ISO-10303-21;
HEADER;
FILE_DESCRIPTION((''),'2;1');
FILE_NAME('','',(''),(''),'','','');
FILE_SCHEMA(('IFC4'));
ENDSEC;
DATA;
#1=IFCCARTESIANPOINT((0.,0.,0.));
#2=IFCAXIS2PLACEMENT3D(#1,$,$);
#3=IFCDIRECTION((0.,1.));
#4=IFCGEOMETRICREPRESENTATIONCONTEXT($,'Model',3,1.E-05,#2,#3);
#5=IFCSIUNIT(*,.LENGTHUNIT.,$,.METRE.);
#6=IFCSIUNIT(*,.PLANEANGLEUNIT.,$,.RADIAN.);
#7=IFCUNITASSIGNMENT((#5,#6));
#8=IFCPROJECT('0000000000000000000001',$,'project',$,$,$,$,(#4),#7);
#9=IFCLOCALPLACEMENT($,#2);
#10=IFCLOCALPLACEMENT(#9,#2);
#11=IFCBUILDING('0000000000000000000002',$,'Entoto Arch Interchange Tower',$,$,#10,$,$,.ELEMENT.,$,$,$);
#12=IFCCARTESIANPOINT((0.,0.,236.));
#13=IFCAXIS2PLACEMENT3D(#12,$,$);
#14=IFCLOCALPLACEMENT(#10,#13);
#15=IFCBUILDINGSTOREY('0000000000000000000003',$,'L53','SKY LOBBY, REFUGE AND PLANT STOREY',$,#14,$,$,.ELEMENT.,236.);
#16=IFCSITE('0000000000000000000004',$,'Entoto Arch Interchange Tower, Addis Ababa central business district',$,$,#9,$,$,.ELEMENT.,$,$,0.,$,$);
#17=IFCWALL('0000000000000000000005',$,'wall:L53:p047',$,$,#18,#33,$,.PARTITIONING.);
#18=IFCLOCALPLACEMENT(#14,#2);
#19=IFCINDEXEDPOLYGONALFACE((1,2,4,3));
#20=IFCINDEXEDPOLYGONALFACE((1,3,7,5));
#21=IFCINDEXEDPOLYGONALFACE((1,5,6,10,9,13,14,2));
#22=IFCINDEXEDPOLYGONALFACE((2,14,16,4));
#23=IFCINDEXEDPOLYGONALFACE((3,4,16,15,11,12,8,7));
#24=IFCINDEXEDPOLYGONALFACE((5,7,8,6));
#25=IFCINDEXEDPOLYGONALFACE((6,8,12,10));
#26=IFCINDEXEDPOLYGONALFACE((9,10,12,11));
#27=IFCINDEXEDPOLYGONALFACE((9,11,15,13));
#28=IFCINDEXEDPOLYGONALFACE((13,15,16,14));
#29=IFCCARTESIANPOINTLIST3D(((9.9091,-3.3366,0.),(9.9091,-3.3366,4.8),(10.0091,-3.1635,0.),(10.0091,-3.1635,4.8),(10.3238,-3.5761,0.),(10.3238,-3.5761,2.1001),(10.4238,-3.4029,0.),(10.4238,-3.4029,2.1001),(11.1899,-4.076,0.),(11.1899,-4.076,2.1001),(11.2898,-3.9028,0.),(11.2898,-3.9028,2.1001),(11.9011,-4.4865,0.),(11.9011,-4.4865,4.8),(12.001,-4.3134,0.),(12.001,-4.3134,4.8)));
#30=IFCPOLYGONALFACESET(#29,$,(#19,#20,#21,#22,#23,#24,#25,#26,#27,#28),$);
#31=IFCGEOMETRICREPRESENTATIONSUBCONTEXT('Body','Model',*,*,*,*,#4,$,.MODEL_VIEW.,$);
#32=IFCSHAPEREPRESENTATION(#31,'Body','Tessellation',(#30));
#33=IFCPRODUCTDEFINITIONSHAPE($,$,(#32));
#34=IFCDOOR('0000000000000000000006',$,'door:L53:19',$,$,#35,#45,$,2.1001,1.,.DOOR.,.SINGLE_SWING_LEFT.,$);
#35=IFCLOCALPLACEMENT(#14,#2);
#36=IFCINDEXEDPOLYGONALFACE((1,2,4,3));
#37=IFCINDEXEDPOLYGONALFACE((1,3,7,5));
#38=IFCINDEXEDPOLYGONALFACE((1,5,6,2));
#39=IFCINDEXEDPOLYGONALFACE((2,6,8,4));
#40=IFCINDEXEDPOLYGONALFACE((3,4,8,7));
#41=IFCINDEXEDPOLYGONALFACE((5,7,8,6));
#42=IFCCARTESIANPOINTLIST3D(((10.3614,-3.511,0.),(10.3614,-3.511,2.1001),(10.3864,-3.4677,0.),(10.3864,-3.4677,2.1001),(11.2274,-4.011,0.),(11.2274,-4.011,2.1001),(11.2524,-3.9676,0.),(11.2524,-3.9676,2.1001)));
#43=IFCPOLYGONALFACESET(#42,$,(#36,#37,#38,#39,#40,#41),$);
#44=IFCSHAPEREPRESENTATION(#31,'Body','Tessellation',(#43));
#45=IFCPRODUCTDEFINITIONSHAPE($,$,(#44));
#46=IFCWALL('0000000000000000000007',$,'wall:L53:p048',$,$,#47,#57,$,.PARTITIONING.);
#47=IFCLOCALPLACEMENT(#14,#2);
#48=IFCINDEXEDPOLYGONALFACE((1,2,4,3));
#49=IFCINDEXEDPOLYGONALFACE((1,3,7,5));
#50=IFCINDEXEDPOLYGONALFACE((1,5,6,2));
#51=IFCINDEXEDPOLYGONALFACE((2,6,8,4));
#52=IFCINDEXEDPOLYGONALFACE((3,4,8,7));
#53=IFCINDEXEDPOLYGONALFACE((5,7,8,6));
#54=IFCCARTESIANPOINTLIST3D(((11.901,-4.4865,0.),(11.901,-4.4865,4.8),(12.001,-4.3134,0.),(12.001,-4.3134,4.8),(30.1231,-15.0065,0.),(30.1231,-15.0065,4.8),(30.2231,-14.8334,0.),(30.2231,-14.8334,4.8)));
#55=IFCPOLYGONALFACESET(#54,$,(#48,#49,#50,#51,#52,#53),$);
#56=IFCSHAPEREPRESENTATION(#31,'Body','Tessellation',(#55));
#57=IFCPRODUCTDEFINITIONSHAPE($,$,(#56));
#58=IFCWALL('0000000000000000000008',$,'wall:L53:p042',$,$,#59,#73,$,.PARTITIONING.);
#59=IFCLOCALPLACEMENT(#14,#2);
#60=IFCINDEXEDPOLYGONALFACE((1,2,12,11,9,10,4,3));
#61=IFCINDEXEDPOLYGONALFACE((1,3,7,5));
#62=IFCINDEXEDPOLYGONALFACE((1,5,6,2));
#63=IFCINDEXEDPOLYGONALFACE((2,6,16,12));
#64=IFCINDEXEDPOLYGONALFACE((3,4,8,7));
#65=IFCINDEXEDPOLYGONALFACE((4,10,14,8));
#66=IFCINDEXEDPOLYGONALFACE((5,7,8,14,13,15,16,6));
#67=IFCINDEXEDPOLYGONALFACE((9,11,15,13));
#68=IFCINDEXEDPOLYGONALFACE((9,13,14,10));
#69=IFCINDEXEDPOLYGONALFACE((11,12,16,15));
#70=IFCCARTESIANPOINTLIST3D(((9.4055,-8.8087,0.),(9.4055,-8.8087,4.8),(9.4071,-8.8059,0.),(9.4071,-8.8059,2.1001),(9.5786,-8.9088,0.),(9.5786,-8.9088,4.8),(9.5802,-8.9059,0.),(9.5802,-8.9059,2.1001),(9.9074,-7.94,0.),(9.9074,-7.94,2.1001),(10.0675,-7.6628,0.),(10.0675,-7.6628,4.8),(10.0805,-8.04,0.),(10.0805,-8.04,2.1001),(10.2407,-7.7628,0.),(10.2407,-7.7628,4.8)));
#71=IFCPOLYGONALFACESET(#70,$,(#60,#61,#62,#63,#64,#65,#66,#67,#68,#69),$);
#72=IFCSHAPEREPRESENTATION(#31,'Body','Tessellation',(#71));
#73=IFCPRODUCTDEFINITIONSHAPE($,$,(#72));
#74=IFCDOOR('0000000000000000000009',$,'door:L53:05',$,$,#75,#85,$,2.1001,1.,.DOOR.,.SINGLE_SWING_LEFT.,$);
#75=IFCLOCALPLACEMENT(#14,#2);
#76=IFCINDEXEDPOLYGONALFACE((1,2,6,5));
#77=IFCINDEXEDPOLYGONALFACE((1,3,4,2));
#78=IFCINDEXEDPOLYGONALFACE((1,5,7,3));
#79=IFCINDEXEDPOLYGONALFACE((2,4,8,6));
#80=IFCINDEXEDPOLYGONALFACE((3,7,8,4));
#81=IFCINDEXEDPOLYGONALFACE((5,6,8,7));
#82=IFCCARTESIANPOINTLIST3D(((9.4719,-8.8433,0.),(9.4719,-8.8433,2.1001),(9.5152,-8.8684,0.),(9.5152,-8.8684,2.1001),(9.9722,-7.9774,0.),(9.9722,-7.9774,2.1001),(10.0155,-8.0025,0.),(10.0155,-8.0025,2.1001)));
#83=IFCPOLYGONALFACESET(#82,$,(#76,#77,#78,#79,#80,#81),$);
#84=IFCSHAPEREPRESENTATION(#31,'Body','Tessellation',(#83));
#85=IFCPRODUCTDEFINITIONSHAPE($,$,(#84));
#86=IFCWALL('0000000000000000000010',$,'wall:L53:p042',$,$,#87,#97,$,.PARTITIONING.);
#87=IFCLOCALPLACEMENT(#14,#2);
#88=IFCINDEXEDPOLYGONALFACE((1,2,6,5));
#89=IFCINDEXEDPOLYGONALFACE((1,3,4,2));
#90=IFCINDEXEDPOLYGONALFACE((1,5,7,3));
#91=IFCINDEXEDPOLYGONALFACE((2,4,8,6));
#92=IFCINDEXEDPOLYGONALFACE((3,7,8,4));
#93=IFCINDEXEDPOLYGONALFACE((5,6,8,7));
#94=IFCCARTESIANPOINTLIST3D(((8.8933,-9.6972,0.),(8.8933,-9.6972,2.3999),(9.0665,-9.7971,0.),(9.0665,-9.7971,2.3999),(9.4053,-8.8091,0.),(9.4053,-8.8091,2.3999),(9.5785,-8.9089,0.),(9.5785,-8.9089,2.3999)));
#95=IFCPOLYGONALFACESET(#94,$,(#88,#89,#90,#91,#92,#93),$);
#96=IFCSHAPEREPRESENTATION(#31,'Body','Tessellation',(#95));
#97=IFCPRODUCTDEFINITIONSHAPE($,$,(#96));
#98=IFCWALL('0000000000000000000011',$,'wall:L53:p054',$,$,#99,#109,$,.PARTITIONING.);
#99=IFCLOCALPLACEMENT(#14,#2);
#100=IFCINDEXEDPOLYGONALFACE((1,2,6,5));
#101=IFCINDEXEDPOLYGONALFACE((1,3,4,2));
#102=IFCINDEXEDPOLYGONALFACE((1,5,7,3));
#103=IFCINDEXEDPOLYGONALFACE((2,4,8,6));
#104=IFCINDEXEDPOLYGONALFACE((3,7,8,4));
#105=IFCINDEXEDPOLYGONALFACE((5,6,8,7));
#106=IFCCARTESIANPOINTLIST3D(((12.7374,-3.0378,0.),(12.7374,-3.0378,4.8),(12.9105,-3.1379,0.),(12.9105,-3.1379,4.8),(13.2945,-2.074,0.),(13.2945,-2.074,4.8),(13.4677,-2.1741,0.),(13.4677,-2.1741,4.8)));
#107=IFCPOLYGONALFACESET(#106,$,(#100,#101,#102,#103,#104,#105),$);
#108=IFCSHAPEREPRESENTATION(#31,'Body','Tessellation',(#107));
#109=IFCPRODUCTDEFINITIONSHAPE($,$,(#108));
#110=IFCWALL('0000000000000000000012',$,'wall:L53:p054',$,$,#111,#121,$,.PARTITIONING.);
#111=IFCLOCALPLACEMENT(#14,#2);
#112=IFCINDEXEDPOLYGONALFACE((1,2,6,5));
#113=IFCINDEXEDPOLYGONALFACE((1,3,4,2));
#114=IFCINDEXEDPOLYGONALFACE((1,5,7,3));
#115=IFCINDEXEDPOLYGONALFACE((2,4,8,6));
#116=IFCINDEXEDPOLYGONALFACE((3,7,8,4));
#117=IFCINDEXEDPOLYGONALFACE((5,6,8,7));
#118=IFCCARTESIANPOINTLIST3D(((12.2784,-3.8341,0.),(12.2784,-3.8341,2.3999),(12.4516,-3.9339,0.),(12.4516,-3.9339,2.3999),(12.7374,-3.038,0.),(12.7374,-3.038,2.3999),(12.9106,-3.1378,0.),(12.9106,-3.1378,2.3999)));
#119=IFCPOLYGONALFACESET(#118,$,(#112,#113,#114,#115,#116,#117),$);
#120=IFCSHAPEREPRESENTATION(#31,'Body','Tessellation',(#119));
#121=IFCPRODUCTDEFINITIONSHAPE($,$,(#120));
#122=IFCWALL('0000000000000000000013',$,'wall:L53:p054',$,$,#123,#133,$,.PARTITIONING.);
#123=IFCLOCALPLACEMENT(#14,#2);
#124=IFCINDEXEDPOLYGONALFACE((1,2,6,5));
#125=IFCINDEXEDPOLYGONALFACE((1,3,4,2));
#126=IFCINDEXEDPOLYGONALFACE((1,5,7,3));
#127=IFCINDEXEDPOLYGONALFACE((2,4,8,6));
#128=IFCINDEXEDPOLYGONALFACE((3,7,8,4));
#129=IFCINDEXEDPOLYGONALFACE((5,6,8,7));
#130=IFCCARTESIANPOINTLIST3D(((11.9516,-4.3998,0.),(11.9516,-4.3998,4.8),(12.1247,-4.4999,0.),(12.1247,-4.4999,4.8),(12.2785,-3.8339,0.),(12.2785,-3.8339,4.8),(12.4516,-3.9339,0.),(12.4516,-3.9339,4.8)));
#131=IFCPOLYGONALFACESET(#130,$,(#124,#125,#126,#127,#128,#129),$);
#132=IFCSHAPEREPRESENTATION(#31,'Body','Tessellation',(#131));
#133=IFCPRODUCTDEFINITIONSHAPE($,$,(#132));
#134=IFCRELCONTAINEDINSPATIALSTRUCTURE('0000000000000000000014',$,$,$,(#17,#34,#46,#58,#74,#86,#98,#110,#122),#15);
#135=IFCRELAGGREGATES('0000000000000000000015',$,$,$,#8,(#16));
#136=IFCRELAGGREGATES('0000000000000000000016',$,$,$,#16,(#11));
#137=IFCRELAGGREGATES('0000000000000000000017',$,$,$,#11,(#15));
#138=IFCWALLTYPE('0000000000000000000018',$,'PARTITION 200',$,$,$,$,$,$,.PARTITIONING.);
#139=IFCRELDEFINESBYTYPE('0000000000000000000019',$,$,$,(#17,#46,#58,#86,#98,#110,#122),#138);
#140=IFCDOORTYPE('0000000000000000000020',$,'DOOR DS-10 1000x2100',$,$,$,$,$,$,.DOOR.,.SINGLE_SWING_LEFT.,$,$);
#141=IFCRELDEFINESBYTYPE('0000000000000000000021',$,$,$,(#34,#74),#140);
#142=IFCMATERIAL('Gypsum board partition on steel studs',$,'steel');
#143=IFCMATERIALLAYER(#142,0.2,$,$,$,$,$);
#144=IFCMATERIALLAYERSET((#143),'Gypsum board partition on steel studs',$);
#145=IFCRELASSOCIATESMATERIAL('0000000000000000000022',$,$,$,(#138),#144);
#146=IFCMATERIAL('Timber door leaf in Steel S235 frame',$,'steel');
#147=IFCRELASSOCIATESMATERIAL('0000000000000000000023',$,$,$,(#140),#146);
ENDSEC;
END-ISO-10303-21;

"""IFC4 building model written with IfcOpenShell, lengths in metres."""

from ifc_helpers import new_model, si_unit, direction, frame, frame_2d, origin, place, context, subcontext, project, spatial, rectangle, extrude, material, layer, layer_set, type_object, element, fill, save


model = new_model("IFC4")

# Units and contexts
model_context = context("Model", 3, precision=1e-05, world=origin(), true_north=direction((0.0, 1.0)))
body_context = subcontext(model_context, "Body", "Model", "MODEL_VIEW")
ifc_project = project(units=[si_unit("LENGTHUNIT", "METRE"), si_unit("PLANEANGLEUNIT", "RADIAN")], contexts=[model_context])

# Site, building, storey
site_placement = place(None, origin())
site = spatial("IfcSite", under=ifc_project, at=site_placement, Name="Entoto Arch Interchange Tower, Addis Ababa central business district", CompositionType="ELEMENT", RefElevation=0.0)
building_placement = place(site_placement, origin())
building = spatial("IfcBuilding", under=site, at=building_placement, Name="Entoto Arch Interchange Tower", CompositionType="ELEMENT")
storey_placement = place(building_placement, frame((0.0, 0.0, 236.0)))
storey = spatial("IfcBuildingStorey", under=building, at=storey_placement, Name="L53", Description="SKY LOBBY, REFUGE AND PLANT STOREY", CompositionType="ELEMENT", Elevation=236.0)

# Shared definitions
ifc_material_1 = material(Name="Gypsum board partition on steel studs", Category="steel")

# Shared definitions
ifc_layer_1 = layer(ifc_material_1, 0.2)
ifc_layer_set_1 = layer_set([ifc_layer_1], Name="Gypsum board partition on steel studs")
wall_type_1 = type_object("IfcWallType", Name="PARTITION 200", PredefinedType="PARTITIONING", material=ifc_layer_set_1)
ifc_material_2 = material(Name="Timber door leaf in Steel S235 frame", Category="steel")

# Wall, opening, door
wall_1_placement = place(storey_placement, frame((11.9509, -4.3999, 0.0), z_axis=(0.0, 0.0, 1.0), x_axis=(-0.866053, 0.499952, 0.0)))
wall_1 = element("IfcWall", 1, at=wall_1_placement, inside=storey, type_object=wall_type_1, Name="wall:L53:p047", PredefinedType="PARTITIONING", context=body_context, shape_type="SweptSolid", body=[
    extrude(rectangle(XDim=2.3, YDim=0.2, at=frame_2d((1.1499, 0.0))), origin(), (0.0, 0.0, 1.0), 4.8),
])
opening_1_placement = place(wall_1_placement, frame((0.821, 0.0, 0.0)))
opening_1 = element("IfcOpeningElement", 2, at=opening_1_placement, cuts=wall_1, PredefinedType="OPENING", context=body_context, shape_type="SweptSolid", body=[
    extrude(rectangle(XDim=1.0, YDim=2.1001, at=frame_2d((0.5, 1.05))), frame((0.0, 0.1099, 0.0), z_axis=(0.0, -1.0, 0.0), x_axis=(1.0, 0.0, 0.0)), (0.0, 0.0, 1.0), 0.22),
])
door_type_1 = type_object("IfcDoorType", Name="DOOR DS-10 1000x2100", OperationType="SINGLE_SWING_LEFT", PredefinedType="DOOR", material=ifc_material_2)
door_1_placement = place(opening_1_placement, origin())
door_1 = element("IfcDoor", 3, at=door_1_placement, inside=storey, type_object=door_type_1, Name="door:L53:19", OperationType="SINGLE_SWING_LEFT", OverallHeight=2.1001, OverallWidth=1.0, PredefinedType="DOOR", context=body_context, shape_type="SweptSolid", body=[
    extrude(rectangle(XDim=1.0, YDim=2.1001, at=frame_2d((0.5, 1.05))), frame((0.0, 0.0249, 0.0), z_axis=(0.0, -1.0, 0.0), x_axis=(1.0, 0.0, 0.0)), (0.0, 0.0, 1.0), 0.05),
])
fill(opening_1, door_1)

# Wall
wall_2_placement = place(storey_placement, frame((11.9509, -4.3999, 0.0), z_axis=(0.0, 0.0, 1.0), x_axis=(0.866037, -0.49998, 0.0)))
element("IfcWall", 4, at=wall_2_placement, inside=storey, type_object=wall_type_1, Name="wall:L53:p048", PredefinedType="PARTITIONING", context=body_context, shape_type="SweptSolid", body=[
    extrude(rectangle(XDim=21.0408, YDim=0.2, at=frame_2d((10.5205, 0.0))), origin(), (0.0, 0.0, 1.0), 4.8),
])

# Wall, opening, door
wall_3_placement = place(storey_placement, frame((10.1541, -7.7129, 0.0), z_axis=(0.0, 0.0, 1.0), x_axis=(-0.500265, -0.865872, 0.0)))
wall_3 = element("IfcWall", 5, at=wall_3_placement, inside=storey, type_object=wall_type_1, Name="wall:L53:p042", PredefinedType="PARTITIONING", context=body_context, shape_type="SweptSolid", body=[
    extrude(rectangle(XDim=1.3235, YDim=0.2, at=frame_2d((0.6616, 0.0))), origin(), (0.0, 0.0, 1.0), 4.8),
])
opening_2_placement = place(wall_3_placement, frame((0.3201, 0.0, 0.0)))
opening_2 = element("IfcOpeningElement", 6, at=opening_2_placement, cuts=wall_3, PredefinedType="OPENING", context=body_context, shape_type="SweptSolid", body=[
    extrude(rectangle(XDim=1.0, YDim=2.1001, at=frame_2d((0.5, 1.05))), frame((0.0, 0.1099, 0.0), z_axis=(0.0, -1.0, 0.0), x_axis=(1.0, 0.0, 0.0)), (0.0, 0.0, 1.0), 0.22),
])
door_2_placement = place(opening_2_placement, origin())
door_2 = element("IfcDoor", 7, at=door_2_placement, inside=storey, type_object=door_type_1, Name="door:L53:05", OperationType="SINGLE_SWING_LEFT", OverallHeight=2.1001, OverallWidth=1.0, PredefinedType="DOOR", context=body_context, shape_type="SweptSolid", body=[
    extrude(rectangle(XDim=1.0, YDim=2.1001, at=frame_2d((0.5, 1.05))), frame((0.0, 0.0249, 0.0), z_axis=(0.0, -1.0, 0.0), x_axis=(1.0, 0.0, 0.0)), (0.0, 0.0, 1.0), 0.05),
])
fill(opening_2, door_2)

# Walls
wall_4_placement = place(storey_placement, frame((9.4919, -8.8589, 0.0), z_axis=(0.0, 0.0, 1.0), x_axis=(-0.499393, -0.866376, 0.0)))
element("IfcWall", 8, at=wall_4_placement, inside=storey, type_object=wall_type_1, Name="wall:L53:p042", PredefinedType="PARTITIONING", context=body_context, shape_type="SweptSolid", body=[
    extrude(rectangle(XDim=1.0251, YDim=0.2, at=frame_2d((0.5127, 0.0))), origin(), (0.0, 0.0, 1.0), 2.3999),
])
wall_5_placement = place(storey_placement, frame((13.3811, -2.124, 0.0), z_axis=(0.0, 0.0, 1.0), x_axis=(-0.500431, -0.865776, 0.0)))
element("IfcWall", 9, at=wall_5_placement, inside=storey, type_object=wall_type_1, Name="wall:L53:p054", PredefinedType="PARTITIONING", context=body_context, shape_type="SweptSolid", body=[
    extrude(rectangle(XDim=1.1133, YDim=0.2, at=frame_2d((0.5566, 0.0))), origin(), (0.0, 0.0, 1.0), 4.8),
])
wall_6_placement = place(storey_placement, frame((12.824, -3.0879, 0.0), z_axis=(0.0, 0.0, 1.0), x_axis=(-0.499454, -0.86634, 0.0)))
element("IfcWall", 10, at=wall_6_placement, inside=storey, type_object=wall_type_1, Name="wall:L53:p054", PredefinedType="PARTITIONING", context=body_context, shape_type="SweptSolid", body=[
    extrude(rectangle(XDim=0.9189, YDim=0.2, at=frame_2d((0.4595, 0.0))), origin(), (0.0, 0.0, 1.0), 2.3999),
])
wall_7_placement = place(storey_placement, frame((12.365, -3.884, 0.0), z_axis=(0.0, 0.0, 1.0), x_axis=(-0.500197, -0.865912, 0.0)))
element("IfcWall", 11, at=wall_7_placement, inside=storey, type_object=wall_type_1, Name="wall:L53:p054", PredefinedType="PARTITIONING", context=body_context, shape_type="SweptSolid", body=[
    extrude(rectangle(XDim=0.6536, YDim=0.2, at=frame_2d((0.3267, 0.0))), origin(), (0.0, 0.0, 1.0), 4.8),
])

save(model, "model.ifc")
